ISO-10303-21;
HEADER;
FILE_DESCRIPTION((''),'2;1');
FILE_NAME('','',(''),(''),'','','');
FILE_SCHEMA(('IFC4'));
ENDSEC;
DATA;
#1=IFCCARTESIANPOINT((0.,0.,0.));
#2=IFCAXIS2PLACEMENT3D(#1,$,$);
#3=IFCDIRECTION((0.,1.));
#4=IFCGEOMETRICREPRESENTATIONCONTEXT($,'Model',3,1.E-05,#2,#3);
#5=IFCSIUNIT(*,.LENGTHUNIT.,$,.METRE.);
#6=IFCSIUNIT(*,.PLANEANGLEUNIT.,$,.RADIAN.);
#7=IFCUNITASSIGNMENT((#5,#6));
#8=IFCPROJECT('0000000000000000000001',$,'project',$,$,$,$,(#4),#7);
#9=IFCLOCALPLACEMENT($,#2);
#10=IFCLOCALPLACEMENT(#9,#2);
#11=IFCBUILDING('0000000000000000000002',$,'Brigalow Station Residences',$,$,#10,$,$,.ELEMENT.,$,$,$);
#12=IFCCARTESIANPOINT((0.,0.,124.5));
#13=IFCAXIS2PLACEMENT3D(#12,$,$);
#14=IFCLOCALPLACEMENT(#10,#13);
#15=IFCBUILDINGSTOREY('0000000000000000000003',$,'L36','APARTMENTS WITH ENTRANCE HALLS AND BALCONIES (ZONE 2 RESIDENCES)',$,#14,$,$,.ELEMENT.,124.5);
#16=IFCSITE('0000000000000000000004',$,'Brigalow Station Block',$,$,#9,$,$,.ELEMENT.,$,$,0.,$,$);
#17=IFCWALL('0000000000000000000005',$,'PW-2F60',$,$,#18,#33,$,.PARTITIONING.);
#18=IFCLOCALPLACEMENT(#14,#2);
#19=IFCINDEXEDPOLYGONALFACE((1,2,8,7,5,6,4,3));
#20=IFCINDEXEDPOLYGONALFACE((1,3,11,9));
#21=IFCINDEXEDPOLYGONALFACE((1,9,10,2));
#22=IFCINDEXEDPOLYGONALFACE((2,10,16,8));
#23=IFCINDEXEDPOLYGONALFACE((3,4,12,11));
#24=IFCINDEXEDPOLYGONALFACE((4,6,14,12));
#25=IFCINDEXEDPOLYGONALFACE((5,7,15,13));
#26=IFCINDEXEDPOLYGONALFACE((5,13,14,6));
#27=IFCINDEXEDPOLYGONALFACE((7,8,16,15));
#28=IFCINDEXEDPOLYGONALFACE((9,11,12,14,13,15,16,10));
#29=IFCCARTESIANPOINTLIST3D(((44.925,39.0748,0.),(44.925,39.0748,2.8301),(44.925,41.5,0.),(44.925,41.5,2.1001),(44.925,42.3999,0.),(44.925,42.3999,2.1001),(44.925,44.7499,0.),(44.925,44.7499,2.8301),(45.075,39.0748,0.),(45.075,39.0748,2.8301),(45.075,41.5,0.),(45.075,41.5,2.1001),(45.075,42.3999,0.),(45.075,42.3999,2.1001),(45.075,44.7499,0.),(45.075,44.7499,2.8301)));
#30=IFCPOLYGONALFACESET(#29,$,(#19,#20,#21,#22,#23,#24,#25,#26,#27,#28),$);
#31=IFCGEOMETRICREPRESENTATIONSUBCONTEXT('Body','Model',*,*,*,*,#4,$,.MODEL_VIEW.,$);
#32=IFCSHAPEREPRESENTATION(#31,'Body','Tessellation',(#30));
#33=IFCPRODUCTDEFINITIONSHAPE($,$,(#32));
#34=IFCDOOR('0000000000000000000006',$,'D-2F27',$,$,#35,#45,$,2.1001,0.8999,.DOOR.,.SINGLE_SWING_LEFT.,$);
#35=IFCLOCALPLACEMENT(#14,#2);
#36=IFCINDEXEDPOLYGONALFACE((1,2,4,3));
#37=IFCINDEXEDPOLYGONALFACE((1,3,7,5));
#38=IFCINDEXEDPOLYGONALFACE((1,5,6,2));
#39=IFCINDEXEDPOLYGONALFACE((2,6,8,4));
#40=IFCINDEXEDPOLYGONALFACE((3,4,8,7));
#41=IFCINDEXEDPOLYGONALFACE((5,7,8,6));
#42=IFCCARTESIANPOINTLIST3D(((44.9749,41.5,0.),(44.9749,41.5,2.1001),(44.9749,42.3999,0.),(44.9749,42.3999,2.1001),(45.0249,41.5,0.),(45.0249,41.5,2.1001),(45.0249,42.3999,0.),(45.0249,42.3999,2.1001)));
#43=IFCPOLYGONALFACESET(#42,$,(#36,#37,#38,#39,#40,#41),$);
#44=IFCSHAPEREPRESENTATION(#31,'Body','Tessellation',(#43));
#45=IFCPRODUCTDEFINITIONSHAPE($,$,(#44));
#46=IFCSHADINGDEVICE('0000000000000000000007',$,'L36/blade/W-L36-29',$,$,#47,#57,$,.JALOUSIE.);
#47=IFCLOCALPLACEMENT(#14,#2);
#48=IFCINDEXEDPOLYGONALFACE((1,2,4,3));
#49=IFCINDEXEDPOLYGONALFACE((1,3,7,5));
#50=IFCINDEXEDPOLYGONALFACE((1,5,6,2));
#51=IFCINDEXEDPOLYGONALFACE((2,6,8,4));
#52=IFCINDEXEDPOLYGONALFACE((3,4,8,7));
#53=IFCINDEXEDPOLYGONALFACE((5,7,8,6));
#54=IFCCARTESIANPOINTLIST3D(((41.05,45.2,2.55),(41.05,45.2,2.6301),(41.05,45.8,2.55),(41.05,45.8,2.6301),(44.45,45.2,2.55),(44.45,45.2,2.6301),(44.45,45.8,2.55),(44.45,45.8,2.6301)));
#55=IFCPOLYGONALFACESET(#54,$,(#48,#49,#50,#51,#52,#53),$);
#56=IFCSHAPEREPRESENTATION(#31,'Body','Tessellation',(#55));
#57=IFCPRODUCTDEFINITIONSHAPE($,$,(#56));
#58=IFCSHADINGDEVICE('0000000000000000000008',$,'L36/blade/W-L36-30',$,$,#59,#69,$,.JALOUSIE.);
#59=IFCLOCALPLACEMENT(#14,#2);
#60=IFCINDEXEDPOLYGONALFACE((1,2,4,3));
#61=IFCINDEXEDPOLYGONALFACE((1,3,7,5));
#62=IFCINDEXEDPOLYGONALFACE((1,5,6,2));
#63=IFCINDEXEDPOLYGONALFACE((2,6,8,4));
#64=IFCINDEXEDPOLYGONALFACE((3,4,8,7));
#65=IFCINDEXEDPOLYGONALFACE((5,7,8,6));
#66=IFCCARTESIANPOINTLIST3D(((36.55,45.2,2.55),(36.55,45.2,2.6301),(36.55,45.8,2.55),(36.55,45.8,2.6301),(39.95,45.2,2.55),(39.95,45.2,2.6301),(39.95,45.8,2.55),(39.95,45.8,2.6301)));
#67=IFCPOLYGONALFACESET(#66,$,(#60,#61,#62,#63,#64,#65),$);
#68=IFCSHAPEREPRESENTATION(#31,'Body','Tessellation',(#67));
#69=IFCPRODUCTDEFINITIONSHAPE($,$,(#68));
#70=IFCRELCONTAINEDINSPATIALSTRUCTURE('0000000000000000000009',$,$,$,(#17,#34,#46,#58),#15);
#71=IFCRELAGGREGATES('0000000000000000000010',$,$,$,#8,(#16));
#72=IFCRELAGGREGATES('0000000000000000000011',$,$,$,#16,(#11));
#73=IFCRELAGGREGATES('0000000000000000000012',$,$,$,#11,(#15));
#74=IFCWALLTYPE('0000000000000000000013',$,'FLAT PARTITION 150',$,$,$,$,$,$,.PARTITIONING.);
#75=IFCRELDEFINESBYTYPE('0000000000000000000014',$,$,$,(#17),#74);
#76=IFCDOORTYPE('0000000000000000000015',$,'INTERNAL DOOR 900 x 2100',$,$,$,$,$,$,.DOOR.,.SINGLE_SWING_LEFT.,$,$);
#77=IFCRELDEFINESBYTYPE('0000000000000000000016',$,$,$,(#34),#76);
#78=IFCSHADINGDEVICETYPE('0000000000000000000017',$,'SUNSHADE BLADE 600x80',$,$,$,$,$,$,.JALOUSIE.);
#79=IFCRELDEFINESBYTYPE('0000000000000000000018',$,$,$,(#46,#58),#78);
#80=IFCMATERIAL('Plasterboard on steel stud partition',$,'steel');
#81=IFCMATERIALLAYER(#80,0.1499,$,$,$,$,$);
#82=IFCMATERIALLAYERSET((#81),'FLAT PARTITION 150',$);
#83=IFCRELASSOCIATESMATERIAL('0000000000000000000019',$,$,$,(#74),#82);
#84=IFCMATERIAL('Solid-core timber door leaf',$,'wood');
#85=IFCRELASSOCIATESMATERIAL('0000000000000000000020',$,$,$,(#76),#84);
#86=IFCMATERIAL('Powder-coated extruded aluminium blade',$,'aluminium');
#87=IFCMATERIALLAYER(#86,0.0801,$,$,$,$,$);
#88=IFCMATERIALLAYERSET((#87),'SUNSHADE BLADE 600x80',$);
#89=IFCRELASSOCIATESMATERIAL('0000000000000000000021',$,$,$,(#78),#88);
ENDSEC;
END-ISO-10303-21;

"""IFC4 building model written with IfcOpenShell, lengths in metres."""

from ifc_helpers import new_model, si_unit, direction, frame, frame_2d, origin, origin_2d, place, context, subcontext, project, spatial, rectangle, extrude, material, layer, layer_set, type_object, element, fill, save


model = new_model("IFC4")

# Units and contexts
model_context = context("Model", 3, precision=1e-05, world=origin(), true_north=direction((0.0, 1.0)))
body_context = subcontext(model_context, "Body", "Model", "MODEL_VIEW")
ifc_project = project(units=[si_unit("LENGTHUNIT", "METRE"), si_unit("PLANEANGLEUNIT", "RADIAN")], contexts=[model_context])

# Site, building, storey
site_placement = place(None, origin())
site = spatial("IfcSite", under=ifc_project, at=site_placement, Name="Brigalow Station Block", CompositionType="ELEMENT", RefElevation=0.0)
building_placement = place(site_placement, origin())
building = spatial("IfcBuilding", under=site, at=building_placement, Name="Brigalow Station Residences", CompositionType="ELEMENT")
storey_placement = place(building_placement, frame((0.0, 0.0, 124.5)))
storey = spatial("IfcBuildingStorey", under=building, at=storey_placement, Name="L36", Description="APARTMENTS WITH ENTRANCE HALLS AND BALCONIES (ZONE 2 RESIDENCES)", CompositionType="ELEMENT", Elevation=124.5)

# Wall, opening, door
ifc_material_1 = material(Name="Plasterboard on steel stud partition", Category="steel")
ifc_layer_1 = layer(ifc_material_1, 0.1499)
ifc_layer_set_1 = layer_set([ifc_layer_1], Name="FLAT PARTITION 150")
wall_type_1 = type_object("IfcWallType", Name="FLAT PARTITION 150", PredefinedType="PARTITIONING", material=ifc_layer_set_1)
wall_1_placement = place(storey_placement, frame((45.0, 39.075, 0.0), z_axis=(0.0, 0.0, 1.0), x_axis=(0.0, 1.0, 0.0)))
wall_1 = element("IfcWall", 1, at=wall_1_placement, inside=storey, type_object=wall_type_1, Name="PW-2F60", PredefinedType="PARTITIONING", context=body_context, shape_type="SweptSolid", body=[
    extrude(rectangle(XDim=5.675, YDim=0.1499, at=frame_2d((2.8374, 0.0))), origin(), (0.0, 0.0, 1.0), 2.8301),
])
opening_1_placement = place(wall_1_placement, frame((2.425, 0.0, 0.0)))
opening_1 = element("IfcOpeningElement", 2, at=opening_1_placement, cuts=wall_1, PredefinedType="OPENING", context=body_context, shape_type="SweptSolid", body=[
    extrude(rectangle(XDim=0.8999, YDim=2.1001, at=frame_2d((0.45, 1.05))), frame((0.0, 0.085, 0.0), z_axis=(0.0, -1.0, 0.0), x_axis=(1.0, 0.0, 0.0)), (0.0, 0.0, 1.0), 0.1699),
])
ifc_material_2 = material(Name="Solid-core timber door leaf", Category="wood")
door_type = type_object("IfcDoorType", Name="INTERNAL DOOR 900 x 2100", OperationType="SINGLE_SWING_LEFT", PredefinedType="DOOR", material=ifc_material_2)
door_placement = place(opening_1_placement, frame((0.8999, 0.0, 0.0), z_axis=(0.0, 0.0, 1.0), x_axis=(-1.0, 0.0, 0.0)))
door = element("IfcDoor", 3, at=door_placement, inside=storey, type_object=door_type, Name="D-2F27", OperationType="SINGLE_SWING_LEFT", OverallHeight=2.1001, OverallWidth=0.8999, PredefinedType="DOOR", context=body_context, shape_type="SweptSolid", body=[
    extrude(rectangle(XDim=0.8999, YDim=2.1001, at=frame_2d((0.45, 1.05))), frame((0.0, 0.0249, 0.0), z_axis=(0.0, -1.0, 0.0), x_axis=(1.0, 0.0, 0.0)), (0.0, 0.0, 1.0), 0.05),
])
fill(opening_1, door)

# Shading devices
ifc_material_3 = material(Name="Powder-coated extruded aluminium blade", Category="aluminium")
ifc_layer_2 = layer(ifc_material_3, 0.0801)
ifc_layer_set_2 = layer_set([ifc_layer_2], Name="SUNSHADE BLADE 600x80")
shading_device_type = type_object("IfcShadingDeviceType", Name="SUNSHADE BLADE 600x80", PredefinedType="JALOUSIE", material=ifc_layer_set_2)
for number, where, z_axis, x_axis, name in (
    (4, (42.75, 45.5, 2.55), (0.0, 0.0, 1.0), (-1.0, 0.0, 0.0), "L36/blade/W-L36-29"),
    (5, (38.25, 45.5, 2.55), (0.0, 0.0, 1.0), (-1.0, 0.0, 0.0), "L36/blade/W-L36-30"),
):
    element("IfcShadingDevice", number, at=place(storey_placement, frame(where, z_axis=z_axis, x_axis=x_axis)), inside=storey, type_object=shading_device_type, Name=name, PredefinedType="JALOUSIE", context=body_context, shape_type="SweptSolid", body=[
        extrude(rectangle(XDim=3.3999, YDim=0.6001, at=origin_2d()), origin(), (0.0, 0.0, 1.0), 0.0801),
    ])

save(model, "model.ifc")
